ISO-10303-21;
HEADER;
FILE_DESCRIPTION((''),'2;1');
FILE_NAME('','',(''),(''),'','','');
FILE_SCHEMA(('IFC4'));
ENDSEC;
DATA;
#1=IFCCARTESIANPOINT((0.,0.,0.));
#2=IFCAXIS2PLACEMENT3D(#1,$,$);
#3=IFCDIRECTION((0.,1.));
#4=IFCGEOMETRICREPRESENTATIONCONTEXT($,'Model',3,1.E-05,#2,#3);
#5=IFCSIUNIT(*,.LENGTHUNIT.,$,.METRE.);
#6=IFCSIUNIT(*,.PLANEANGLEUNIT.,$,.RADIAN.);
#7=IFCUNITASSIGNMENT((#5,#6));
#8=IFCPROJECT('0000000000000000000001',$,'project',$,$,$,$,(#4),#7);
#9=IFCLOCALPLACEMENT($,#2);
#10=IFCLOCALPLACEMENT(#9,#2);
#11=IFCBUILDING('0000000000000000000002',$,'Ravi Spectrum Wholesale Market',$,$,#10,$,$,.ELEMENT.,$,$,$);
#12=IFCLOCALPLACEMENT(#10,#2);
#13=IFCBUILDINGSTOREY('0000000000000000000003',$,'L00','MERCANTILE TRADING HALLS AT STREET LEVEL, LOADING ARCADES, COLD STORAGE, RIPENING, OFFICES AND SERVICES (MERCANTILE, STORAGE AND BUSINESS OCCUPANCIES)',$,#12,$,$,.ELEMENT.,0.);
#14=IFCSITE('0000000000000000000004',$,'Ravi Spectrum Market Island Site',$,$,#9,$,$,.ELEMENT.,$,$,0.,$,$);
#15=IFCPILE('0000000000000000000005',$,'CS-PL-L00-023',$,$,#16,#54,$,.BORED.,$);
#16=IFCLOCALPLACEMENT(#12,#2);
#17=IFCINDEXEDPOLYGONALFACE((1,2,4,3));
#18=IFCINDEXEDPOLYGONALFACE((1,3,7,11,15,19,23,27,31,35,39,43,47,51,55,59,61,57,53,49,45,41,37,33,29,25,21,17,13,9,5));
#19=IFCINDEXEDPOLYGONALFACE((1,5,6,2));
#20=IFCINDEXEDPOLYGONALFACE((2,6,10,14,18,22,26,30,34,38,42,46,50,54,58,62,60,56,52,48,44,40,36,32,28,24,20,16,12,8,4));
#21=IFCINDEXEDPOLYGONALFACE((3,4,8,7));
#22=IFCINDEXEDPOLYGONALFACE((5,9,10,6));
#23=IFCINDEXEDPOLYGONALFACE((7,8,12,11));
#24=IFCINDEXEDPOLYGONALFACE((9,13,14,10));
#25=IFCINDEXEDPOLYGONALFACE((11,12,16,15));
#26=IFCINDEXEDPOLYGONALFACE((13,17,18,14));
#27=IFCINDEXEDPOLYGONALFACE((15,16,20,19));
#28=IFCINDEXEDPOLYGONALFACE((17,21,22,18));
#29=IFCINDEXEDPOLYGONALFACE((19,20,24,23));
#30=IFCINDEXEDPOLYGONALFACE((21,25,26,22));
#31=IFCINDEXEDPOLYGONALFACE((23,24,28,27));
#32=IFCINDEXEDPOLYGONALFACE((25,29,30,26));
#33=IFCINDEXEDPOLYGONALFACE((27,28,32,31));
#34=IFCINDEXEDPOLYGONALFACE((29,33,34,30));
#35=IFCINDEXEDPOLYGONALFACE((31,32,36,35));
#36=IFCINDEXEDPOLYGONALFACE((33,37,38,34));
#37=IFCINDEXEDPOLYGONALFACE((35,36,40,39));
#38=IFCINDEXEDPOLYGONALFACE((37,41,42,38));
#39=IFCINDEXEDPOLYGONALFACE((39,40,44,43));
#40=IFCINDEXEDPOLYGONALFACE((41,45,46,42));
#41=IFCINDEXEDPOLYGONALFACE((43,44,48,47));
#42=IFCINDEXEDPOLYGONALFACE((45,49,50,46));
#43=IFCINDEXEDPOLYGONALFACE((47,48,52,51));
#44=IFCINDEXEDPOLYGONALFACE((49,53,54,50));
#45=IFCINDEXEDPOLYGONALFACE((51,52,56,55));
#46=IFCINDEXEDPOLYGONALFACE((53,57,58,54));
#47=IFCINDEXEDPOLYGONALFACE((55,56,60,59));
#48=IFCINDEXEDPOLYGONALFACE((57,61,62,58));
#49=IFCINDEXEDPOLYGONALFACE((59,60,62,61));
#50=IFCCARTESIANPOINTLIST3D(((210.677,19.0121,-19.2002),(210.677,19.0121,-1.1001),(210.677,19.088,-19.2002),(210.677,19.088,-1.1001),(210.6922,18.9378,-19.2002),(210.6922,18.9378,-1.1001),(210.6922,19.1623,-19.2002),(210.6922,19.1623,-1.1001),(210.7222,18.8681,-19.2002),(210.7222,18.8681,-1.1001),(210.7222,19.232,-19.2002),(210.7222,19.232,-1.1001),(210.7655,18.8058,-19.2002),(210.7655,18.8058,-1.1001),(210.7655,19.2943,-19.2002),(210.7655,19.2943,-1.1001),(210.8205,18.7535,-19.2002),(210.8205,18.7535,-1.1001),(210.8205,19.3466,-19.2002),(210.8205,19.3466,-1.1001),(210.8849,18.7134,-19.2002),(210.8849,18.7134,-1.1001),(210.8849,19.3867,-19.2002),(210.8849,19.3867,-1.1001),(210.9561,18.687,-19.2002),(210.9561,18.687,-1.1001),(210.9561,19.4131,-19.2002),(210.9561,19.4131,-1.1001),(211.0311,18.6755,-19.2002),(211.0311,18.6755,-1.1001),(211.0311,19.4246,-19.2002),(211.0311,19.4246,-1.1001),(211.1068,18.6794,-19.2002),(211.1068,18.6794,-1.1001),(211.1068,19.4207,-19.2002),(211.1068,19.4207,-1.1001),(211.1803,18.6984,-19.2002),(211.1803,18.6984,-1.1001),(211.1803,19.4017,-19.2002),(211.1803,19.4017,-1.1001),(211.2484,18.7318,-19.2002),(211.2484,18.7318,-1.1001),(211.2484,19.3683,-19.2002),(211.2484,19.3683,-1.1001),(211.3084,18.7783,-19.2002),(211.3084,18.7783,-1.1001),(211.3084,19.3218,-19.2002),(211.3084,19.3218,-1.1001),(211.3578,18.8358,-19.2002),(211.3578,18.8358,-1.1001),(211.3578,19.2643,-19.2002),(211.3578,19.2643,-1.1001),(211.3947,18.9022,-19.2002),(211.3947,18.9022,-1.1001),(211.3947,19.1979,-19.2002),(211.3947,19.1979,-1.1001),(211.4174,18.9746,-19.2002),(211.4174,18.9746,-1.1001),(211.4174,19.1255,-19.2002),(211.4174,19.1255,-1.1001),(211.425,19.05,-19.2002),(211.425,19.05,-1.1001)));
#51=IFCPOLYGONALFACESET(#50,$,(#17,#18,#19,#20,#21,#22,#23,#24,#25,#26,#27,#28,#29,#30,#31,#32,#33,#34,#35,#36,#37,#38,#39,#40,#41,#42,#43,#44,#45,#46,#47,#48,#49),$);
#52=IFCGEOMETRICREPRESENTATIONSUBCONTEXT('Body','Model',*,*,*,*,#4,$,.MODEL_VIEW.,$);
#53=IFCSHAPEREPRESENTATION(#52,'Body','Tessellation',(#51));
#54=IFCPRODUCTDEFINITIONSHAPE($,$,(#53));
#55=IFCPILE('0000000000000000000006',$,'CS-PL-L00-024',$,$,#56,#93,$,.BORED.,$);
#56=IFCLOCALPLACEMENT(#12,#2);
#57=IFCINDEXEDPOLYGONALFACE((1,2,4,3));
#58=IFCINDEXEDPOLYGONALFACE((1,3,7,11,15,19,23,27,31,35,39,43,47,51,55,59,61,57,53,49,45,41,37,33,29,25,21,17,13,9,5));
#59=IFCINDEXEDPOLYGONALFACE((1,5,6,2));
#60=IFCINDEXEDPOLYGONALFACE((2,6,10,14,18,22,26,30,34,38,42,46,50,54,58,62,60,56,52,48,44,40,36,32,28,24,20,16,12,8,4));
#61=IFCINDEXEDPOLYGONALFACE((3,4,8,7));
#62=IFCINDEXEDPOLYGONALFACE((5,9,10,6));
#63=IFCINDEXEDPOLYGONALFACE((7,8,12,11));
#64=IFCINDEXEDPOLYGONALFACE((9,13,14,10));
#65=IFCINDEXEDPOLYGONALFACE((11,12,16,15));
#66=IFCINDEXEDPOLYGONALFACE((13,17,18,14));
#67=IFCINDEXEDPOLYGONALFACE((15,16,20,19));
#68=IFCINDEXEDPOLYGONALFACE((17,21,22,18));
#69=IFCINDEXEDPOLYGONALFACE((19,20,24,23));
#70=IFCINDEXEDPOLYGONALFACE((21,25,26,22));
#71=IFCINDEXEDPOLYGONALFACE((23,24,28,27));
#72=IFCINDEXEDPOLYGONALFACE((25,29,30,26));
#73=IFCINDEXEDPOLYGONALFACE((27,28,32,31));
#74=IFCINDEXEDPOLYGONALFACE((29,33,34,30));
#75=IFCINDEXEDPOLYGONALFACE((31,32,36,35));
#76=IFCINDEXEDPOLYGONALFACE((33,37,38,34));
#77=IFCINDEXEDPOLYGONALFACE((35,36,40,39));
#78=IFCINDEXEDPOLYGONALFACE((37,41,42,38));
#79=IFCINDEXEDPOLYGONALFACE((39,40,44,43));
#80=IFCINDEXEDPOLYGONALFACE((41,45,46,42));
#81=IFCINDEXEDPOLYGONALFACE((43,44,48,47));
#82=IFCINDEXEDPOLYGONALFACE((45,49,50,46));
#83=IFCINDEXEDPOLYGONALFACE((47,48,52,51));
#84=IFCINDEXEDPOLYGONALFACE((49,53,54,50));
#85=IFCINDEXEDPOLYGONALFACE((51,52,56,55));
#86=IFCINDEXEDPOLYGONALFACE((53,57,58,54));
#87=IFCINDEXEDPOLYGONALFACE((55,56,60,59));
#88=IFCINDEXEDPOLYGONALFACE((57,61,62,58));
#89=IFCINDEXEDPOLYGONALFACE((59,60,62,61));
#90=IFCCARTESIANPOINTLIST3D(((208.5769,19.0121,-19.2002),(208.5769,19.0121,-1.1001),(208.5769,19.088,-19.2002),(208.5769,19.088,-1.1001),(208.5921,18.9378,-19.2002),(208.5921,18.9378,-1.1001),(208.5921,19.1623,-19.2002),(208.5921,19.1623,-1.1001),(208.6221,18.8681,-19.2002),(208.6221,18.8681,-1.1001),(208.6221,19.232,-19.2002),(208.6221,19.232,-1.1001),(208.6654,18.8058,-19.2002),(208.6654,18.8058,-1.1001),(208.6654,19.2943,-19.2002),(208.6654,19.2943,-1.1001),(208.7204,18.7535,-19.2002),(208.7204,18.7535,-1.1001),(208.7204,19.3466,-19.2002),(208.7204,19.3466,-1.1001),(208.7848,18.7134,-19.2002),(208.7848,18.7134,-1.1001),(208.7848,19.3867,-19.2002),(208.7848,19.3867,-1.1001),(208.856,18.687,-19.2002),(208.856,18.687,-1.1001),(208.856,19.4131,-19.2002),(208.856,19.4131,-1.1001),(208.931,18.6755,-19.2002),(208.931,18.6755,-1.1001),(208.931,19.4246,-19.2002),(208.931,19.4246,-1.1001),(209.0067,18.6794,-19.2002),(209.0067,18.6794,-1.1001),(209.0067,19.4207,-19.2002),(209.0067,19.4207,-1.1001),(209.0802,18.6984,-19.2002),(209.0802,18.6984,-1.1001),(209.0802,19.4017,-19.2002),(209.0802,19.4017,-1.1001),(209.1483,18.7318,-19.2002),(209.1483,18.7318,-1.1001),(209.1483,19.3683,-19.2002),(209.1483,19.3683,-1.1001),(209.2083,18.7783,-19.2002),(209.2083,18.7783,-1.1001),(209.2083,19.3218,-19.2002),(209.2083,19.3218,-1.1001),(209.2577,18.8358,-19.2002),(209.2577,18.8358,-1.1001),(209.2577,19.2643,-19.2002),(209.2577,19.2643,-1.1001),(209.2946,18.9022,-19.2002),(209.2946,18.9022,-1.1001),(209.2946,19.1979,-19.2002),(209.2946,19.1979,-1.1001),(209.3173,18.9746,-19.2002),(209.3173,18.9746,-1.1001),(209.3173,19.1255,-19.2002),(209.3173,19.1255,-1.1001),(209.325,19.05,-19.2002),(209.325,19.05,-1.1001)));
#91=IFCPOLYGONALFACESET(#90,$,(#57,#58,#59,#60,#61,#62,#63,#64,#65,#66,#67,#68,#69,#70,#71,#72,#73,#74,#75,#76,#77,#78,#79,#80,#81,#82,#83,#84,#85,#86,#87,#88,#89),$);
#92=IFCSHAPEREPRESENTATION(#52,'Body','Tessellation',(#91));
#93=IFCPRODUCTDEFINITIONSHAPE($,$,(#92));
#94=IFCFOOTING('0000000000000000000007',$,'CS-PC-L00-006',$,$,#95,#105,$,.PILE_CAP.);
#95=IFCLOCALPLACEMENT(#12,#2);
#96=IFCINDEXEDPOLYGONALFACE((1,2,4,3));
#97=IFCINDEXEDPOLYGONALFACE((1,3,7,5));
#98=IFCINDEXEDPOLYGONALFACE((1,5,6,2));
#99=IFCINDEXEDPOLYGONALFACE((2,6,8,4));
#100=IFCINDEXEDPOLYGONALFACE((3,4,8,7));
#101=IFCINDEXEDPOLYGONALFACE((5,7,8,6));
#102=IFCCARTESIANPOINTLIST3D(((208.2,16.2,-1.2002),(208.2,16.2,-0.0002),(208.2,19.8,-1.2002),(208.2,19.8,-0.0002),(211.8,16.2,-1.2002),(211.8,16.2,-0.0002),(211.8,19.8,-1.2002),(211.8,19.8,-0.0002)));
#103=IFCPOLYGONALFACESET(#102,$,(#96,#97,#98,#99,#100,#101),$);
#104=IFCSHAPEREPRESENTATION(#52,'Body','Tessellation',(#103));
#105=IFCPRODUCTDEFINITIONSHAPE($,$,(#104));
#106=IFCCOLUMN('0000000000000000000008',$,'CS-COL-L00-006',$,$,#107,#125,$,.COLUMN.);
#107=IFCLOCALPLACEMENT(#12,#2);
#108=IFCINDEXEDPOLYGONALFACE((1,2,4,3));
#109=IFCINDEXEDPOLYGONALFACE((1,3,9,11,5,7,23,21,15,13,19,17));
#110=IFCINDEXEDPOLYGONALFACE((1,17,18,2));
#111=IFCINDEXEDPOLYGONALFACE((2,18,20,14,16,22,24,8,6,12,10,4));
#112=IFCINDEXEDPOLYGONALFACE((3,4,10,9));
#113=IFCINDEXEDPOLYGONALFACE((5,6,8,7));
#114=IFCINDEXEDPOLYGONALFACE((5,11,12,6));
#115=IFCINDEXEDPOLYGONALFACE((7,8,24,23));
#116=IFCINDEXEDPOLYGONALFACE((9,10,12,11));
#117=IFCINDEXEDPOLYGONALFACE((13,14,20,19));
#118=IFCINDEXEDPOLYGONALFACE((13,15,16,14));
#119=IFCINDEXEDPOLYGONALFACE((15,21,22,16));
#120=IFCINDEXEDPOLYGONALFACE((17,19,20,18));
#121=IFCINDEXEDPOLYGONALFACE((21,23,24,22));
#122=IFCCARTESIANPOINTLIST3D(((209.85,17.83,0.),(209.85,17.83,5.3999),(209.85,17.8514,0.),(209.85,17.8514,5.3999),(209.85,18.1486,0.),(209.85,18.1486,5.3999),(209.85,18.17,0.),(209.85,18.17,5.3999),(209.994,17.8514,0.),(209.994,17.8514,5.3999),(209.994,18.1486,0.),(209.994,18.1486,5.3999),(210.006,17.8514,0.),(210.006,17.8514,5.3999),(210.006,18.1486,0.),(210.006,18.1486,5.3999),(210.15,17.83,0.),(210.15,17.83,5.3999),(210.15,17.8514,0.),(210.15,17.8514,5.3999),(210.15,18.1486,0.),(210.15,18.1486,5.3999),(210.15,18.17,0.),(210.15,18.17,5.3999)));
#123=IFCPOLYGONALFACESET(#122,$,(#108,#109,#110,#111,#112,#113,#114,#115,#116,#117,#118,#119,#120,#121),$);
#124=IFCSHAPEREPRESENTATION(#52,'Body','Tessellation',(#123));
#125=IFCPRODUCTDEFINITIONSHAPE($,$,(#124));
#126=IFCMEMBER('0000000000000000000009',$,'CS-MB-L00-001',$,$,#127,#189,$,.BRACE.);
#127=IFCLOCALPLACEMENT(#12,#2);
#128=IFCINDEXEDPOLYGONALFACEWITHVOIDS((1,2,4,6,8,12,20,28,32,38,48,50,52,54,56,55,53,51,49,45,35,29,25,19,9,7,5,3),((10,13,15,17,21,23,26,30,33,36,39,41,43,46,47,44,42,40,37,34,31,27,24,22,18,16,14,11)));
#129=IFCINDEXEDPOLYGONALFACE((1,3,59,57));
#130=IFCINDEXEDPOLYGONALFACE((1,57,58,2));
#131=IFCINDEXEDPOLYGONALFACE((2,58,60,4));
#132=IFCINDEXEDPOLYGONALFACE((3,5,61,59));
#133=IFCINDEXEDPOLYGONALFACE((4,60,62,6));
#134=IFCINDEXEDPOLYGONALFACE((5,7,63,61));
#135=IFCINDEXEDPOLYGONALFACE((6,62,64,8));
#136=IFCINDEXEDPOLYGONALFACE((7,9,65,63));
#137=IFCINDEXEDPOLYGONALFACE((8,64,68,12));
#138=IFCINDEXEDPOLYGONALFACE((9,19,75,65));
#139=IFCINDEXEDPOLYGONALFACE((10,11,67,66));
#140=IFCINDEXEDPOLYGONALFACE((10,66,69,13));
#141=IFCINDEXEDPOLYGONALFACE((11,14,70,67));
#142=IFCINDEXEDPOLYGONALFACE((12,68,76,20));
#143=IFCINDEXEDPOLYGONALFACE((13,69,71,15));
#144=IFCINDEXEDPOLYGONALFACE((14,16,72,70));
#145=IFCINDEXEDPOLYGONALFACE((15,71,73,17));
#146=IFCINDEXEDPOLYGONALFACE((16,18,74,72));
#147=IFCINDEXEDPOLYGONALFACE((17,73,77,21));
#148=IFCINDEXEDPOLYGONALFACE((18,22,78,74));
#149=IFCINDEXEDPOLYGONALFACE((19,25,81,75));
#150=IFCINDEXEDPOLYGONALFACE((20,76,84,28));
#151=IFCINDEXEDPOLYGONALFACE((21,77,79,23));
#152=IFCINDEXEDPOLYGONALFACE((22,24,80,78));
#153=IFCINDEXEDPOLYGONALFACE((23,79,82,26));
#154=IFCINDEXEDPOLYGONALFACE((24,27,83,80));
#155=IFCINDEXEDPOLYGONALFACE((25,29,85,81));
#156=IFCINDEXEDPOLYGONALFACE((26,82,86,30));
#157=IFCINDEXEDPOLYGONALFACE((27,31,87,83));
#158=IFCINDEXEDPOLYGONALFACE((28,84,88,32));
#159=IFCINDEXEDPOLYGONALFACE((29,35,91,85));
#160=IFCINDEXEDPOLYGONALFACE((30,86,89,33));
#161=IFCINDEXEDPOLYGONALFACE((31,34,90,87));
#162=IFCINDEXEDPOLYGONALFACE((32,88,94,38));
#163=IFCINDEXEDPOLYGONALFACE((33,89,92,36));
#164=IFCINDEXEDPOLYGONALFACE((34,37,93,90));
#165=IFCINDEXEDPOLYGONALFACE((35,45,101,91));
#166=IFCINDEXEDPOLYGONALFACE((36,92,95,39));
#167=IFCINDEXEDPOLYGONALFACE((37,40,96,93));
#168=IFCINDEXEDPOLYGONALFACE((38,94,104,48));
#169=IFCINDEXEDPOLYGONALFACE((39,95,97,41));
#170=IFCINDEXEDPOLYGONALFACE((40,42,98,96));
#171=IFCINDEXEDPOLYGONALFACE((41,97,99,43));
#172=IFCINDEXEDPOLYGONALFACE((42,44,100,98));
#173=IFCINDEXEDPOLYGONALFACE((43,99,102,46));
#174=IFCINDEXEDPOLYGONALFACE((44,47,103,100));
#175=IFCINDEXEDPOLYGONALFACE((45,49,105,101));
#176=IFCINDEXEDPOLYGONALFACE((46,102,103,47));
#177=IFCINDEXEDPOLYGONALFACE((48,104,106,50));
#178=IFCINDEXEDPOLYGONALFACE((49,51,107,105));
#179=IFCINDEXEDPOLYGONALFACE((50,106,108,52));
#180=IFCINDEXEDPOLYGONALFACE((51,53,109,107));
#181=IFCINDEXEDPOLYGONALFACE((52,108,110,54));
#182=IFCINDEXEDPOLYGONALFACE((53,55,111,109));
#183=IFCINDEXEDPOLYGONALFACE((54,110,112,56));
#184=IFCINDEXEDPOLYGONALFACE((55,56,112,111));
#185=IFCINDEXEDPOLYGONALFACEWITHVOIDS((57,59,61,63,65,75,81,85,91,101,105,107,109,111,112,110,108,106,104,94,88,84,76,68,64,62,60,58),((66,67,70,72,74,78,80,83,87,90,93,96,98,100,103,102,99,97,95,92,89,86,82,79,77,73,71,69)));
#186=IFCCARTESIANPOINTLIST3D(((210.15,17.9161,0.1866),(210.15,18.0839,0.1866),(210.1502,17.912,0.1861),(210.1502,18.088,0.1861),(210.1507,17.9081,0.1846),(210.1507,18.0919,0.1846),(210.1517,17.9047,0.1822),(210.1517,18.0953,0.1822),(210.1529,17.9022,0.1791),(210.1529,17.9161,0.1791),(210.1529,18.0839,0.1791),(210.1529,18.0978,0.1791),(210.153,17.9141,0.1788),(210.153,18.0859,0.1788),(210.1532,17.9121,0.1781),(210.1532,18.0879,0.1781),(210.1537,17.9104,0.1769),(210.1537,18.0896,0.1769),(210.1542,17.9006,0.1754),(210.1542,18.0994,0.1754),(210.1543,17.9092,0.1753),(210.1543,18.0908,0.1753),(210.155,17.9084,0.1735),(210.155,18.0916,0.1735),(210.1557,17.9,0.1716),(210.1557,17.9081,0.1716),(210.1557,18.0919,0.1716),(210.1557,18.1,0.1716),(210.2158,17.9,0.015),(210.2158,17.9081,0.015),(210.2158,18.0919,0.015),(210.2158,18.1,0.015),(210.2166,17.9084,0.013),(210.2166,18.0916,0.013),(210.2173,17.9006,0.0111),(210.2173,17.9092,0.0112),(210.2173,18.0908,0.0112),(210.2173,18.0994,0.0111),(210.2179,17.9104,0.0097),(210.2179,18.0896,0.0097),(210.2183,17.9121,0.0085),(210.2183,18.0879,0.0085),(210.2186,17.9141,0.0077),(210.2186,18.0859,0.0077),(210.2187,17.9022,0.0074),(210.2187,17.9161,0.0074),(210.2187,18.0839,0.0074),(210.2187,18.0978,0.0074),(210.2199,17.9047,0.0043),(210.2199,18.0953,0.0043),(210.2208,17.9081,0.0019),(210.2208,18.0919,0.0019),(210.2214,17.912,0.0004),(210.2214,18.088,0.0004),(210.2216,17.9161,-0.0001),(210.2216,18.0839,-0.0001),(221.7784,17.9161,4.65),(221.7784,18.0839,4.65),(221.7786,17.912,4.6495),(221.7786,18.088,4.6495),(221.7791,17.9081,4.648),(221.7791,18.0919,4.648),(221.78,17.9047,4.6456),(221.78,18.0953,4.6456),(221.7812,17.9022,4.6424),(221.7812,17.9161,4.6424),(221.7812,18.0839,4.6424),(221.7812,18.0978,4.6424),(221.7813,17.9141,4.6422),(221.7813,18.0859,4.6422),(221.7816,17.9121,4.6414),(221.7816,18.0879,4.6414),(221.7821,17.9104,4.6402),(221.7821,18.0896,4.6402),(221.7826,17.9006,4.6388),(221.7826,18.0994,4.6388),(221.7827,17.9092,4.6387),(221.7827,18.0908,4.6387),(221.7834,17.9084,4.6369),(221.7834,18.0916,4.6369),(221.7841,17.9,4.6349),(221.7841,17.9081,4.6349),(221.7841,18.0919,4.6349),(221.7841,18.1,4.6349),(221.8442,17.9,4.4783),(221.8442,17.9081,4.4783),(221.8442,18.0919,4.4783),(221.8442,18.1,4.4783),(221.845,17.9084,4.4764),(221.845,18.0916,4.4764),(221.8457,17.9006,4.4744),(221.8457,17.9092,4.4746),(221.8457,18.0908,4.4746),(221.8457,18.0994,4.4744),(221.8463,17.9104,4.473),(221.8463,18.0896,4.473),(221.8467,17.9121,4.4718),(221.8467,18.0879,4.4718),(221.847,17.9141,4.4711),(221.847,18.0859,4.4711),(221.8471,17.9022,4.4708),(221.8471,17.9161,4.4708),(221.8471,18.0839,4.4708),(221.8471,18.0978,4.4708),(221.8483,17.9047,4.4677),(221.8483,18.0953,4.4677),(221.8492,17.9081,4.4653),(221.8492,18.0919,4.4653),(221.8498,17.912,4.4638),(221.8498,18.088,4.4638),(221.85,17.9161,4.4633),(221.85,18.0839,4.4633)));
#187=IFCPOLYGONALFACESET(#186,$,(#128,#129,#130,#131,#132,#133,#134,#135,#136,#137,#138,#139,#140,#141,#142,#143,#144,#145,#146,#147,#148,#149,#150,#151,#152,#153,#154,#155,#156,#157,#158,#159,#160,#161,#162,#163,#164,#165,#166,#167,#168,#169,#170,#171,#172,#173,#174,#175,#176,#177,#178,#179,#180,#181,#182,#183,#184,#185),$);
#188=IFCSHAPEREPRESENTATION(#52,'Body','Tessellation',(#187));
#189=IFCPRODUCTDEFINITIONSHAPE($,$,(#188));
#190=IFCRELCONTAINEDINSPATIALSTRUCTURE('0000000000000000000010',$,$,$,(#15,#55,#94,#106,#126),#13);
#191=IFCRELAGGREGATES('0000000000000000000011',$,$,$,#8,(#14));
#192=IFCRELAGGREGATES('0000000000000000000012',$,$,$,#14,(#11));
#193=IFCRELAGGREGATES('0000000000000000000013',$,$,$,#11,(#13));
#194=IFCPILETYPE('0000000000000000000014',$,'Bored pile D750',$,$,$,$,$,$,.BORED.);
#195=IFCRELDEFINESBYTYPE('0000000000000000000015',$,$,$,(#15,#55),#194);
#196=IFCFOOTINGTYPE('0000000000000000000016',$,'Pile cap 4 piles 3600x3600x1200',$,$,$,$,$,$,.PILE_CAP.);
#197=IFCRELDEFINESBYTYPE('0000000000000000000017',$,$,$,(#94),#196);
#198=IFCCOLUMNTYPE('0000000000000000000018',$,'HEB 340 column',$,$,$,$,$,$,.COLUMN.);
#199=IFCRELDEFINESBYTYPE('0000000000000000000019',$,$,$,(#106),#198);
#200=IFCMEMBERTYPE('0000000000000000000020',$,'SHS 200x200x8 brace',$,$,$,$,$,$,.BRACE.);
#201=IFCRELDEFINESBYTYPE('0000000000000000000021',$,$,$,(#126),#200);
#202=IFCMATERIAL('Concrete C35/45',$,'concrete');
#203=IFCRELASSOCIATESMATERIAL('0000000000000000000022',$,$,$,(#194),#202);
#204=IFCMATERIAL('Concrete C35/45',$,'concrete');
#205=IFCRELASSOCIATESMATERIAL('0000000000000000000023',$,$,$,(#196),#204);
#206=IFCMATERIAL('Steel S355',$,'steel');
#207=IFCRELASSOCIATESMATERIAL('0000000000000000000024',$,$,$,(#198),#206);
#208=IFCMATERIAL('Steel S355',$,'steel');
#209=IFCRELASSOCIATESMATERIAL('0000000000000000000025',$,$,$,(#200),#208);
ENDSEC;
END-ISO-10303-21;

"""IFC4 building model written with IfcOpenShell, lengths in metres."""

from ifc_helpers import new_model, si_unit, direction, frame, origin, origin_2d, place, context, subcontext, project, spatial, rectangle, hollow_rectangle, circle, i_section, extrude, material, material_profile, profile_set, type_object, element, save


model = new_model("IFC4")

# Units and contexts
model_context = context("Model", 3, precision=1e-05, world=origin(), true_north=direction((0.0, 1.0)))
body_context = subcontext(model_context, "Body", "Model", "MODEL_VIEW")
ifc_project = project(units=[si_unit("LENGTHUNIT", "METRE"), si_unit("PLANEANGLEUNIT", "RADIAN")], contexts=[model_context])

# Site, building, storey
site_placement = place(None, origin())
site = spatial("IfcSite", under=ifc_project, at=site_placement, Name="Ravi Spectrum Market Island Site", CompositionType="ELEMENT", RefElevation=0.0)
building_placement = place(site_placement, origin())
building = spatial("IfcBuilding", under=site, at=building_placement, Name="Ravi Spectrum Wholesale Market", CompositionType="ELEMENT")
storey_placement = place(building_placement, origin())
storey = spatial("IfcBuildingStorey", under=building, at=storey_placement, Name="L00", Description="MERCANTILE TRADING HALLS AT STREET LEVEL, LOADING ARCADES, COLD STORAGE, RIPENING, OFFICES AND SERVICES (MERCANTILE, STORAGE AND BUSINESS OCCUPANCIES)", CompositionType="ELEMENT", Elevation=0.0)

# Piles
ifc_material_1 = material(Name="Concrete C35/45", Category="concrete")
ifc_material_profile_1 = material_profile(ifc_material_1, circle(Radius=0.375, at=origin_2d()))
ifc_profile_set_1 = profile_set([ifc_material_profile_1], Name="Concrete C35/45")
pile_type = type_object("IfcPileType", Name="Bored pile D750", PredefinedType="BORED", material=ifc_profile_set_1)
for number, where, z_axis, x_axis, name in (
    (1, (211.05, 19.05, -1.1001), (0.0, 0.0, -1.0), (1.0, 0.0, 0.0), "CS-PL-L00-023"),
    (2, (208.95, 19.05, -1.1001), (0.0, 0.0, -1.0), (1.0, 0.0, 0.0), "CS-PL-L00-024"),
):
    element("IfcPile", number, at=place(storey_placement, frame(where, z_axis=z_axis, x_axis=x_axis)), inside=storey, type_object=pile_type, Name=name, PredefinedType="BORED", context=body_context, shape_type="SweptSolid", body=[
        extrude(circle(Radius=0.375, at=origin_2d()), origin(), (0.0, 0.0, 1.0), 18.1001),
    ])

# Footing
ifc_material_2 = material(Name="Concrete C35/45", Category="concrete")
footing_type = type_object("IfcFootingType", Name="Pile cap 4 piles 3600x3600x1200", PredefinedType="PILE_CAP", material=ifc_material_2)
footing_placement = place(storey_placement, frame((210.0, 18.0, -1.2002), z_axis=(0.0, 0.0, 1.0), x_axis=(1.0, 0.0, 0.0)))
element("IfcFooting", 3, at=footing_placement, inside=storey, type_object=footing_type, Name="CS-PC-L00-006", PredefinedType="PILE_CAP", context=body_context, shape_type="SweptSolid", body=[
    extrude(rectangle(XDim=3.6001, YDim=3.6001, at=origin_2d()), origin(), (0.0, 0.0, 1.0), 1.2),
])

# Column
ifc_material_3 = material(Name="Steel S355", Category="steel")
ifc_material_profile_2 = material_profile(ifc_material_3, i_section(OverallWidth=0.3, OverallDepth=0.3401, WebThickness=0.012, FlangeThickness=0.0215, at=origin_2d()))
ifc_profile_set_2 = profile_set([ifc_material_profile_2], Name="Steel S355")
column_type = type_object("IfcColumnType", Name="HEB 340 column", PredefinedType="COLUMN", material=ifc_profile_set_2)
column_placement = place(storey_placement, frame((210.0, 18.0, 0.0), z_axis=(0.0, 0.0, 1.0), x_axis=(1.0, 0.0, 0.0)))
element("IfcColumn", 4, at=column_placement, inside=storey, type_object=column_type, Name="CS-COL-L00-006", PredefinedType="COLUMN", context=body_context, shape_type="SweptSolid", body=[
    extrude(i_section(OverallWidth=0.3, OverallDepth=0.3401, WebThickness=0.012, FlangeThickness=0.0215, at=origin_2d()), origin(), (0.0, 0.0, 1.0), 5.3999),
])

# Member
ifc_material_4 = material(Name="Steel S355", Category="steel")
ifc_material_profile_3 = material_profile(ifc_material_4, hollow_rectangle(XDim=0.2, YDim=0.2, WallThickness=0.0081, InnerFilletRadius=0.0081, OuterFilletRadius=0.0161, at=origin_2d()))
ifc_profile_set_3 = profile_set([ifc_material_profile_3], Name="Steel S355")
member_type = type_object("IfcMemberType", Name="SHS 200x200x8 brace", PredefinedType="BRACE", material=ifc_profile_set_3)
member_placement = place(storey_placement, frame((210.1858, 18.0, 0.0933), z_axis=(0.93359, 0.0, 0.358343), x_axis=(0.0, 1.0, 0.0)))
element("IfcMember", 5, at=member_placement, inside=storey, type_object=member_type, Name="CS-MB-L00-001", PredefinedType="BRACE", context=body_context, shape_type="SweptSolid", body=[
    extrude(hollow_rectangle(XDim=0.2, YDim=0.2, WallThickness=0.0081, InnerFilletRadius=0.0081, OuterFilletRadius=0.0161, at=origin_2d()), origin(), (0.0, 0.0, 1.0), 12.4556),
])

save(model, "model.ifc")
